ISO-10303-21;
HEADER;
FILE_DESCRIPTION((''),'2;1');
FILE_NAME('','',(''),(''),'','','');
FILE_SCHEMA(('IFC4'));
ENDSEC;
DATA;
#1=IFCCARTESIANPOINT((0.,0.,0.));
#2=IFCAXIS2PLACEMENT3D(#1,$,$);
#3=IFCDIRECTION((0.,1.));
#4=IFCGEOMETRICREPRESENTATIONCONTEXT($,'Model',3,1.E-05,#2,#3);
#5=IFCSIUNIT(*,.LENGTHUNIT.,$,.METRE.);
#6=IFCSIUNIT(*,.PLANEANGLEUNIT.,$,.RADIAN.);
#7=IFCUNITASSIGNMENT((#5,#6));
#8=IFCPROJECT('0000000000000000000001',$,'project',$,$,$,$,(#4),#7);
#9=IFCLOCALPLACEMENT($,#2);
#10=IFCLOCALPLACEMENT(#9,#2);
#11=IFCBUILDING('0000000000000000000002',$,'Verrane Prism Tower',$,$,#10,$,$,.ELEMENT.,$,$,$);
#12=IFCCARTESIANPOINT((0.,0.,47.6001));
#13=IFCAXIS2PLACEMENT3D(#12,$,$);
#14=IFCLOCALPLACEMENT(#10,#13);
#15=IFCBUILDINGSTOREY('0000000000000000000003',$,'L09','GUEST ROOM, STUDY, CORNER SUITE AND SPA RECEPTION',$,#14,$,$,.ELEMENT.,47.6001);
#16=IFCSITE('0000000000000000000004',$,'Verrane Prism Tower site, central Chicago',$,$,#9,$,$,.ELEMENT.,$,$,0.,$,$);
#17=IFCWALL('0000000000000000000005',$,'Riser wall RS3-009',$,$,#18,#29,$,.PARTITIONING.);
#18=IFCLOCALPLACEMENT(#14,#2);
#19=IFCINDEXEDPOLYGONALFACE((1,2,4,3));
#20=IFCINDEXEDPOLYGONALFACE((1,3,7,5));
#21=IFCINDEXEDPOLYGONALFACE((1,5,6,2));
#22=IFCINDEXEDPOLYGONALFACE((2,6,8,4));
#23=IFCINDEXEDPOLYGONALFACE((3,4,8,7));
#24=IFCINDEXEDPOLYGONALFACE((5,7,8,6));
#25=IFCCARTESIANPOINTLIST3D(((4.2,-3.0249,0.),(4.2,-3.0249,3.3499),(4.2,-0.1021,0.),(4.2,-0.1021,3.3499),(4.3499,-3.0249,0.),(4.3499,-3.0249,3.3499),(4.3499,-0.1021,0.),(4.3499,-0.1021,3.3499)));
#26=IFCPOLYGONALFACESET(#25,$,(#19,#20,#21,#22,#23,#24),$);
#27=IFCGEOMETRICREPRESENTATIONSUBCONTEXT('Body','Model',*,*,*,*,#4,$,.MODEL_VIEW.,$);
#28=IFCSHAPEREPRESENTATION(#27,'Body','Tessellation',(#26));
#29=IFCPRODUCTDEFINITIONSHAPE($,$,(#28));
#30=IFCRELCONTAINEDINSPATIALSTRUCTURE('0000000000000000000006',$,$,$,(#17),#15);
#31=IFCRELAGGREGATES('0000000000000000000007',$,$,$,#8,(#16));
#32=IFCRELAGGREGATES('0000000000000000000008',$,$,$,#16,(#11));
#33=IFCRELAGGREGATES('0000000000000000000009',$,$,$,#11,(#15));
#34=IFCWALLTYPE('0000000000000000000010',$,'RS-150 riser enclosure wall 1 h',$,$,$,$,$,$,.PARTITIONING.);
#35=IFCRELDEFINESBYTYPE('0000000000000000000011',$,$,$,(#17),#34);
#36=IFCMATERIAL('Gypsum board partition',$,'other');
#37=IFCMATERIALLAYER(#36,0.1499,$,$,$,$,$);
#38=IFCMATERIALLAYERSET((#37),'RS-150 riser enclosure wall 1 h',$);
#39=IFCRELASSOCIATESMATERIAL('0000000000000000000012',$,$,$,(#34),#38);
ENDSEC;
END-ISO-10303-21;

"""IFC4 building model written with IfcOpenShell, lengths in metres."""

from ifc_helpers import new_model, si_unit, direction, frame, frame_2d, origin, place, context, subcontext, project, spatial, rectangle, extrude, material, layer, layer_set, type_object, element, save


model = new_model("IFC4")

# Units and contexts
model_context = context("Model", 3, precision=1e-05, world=origin(), true_north=direction((0.0, 1.0)))
body_context = subcontext(model_context, "Body", "Model", "MODEL_VIEW")
ifc_project = project(units=[si_unit("LENGTHUNIT", "METRE"), si_unit("PLANEANGLEUNIT", "RADIAN")], contexts=[model_context])

# Site, building, storey
site_placement = place(None, origin())
site = spatial("IfcSite", under=ifc_project, at=site_placement, Name="Verrane Prism Tower site, central Chicago", CompositionType="ELEMENT", RefElevation=0.0)
building_placement = place(site_placement, origin())
building = spatial("IfcBuilding", under=site, at=building_placement, Name="Verrane Prism Tower", CompositionType="ELEMENT")
storey_placement = place(building_placement, frame((0.0, 0.0, 47.6001)))
storey = spatial("IfcBuildingStorey", under=building, at=storey_placement, Name="L09", Description="GUEST ROOM, STUDY, CORNER SUITE AND SPA RECEPTION", CompositionType="ELEMENT", Elevation=47.6001)

# Shared definitions
ifc_material_1 = material(Name="Gypsum board partition", Category="other")
ifc_layer_1 = layer(ifc_material_1, 0.1499)
ifc_layer_set_1 = layer_set([ifc_layer_1], Name="RS-150 riser enclosure wall 1 h")
wall_type_1 = type_object("IfcWallType", Name="RS-150 riser enclosure wall 1 h", PredefinedType="PARTITIONING", material=ifc_layer_set_1)

# Wall
wall_1_placement = place(storey_placement, frame((4.2749, -3.0249, 0.0), z_axis=(0.0, 0.0, 1.0), x_axis=(0.0, 1.0, 0.0)))
element("IfcWall", 1, at=wall_1_placement, inside=storey, type_object=wall_type_1, Name="Riser wall RS3-009", PredefinedType="PARTITIONING", context=body_context, shape_type="SweptSolid", body=[
    extrude(rectangle(XDim=2.9229, YDim=0.1499, at=frame_2d((1.4614, 0.0))), origin(), (0.0, 0.0, 1.0), 3.3499),
])

save(model, "model.ifc")
